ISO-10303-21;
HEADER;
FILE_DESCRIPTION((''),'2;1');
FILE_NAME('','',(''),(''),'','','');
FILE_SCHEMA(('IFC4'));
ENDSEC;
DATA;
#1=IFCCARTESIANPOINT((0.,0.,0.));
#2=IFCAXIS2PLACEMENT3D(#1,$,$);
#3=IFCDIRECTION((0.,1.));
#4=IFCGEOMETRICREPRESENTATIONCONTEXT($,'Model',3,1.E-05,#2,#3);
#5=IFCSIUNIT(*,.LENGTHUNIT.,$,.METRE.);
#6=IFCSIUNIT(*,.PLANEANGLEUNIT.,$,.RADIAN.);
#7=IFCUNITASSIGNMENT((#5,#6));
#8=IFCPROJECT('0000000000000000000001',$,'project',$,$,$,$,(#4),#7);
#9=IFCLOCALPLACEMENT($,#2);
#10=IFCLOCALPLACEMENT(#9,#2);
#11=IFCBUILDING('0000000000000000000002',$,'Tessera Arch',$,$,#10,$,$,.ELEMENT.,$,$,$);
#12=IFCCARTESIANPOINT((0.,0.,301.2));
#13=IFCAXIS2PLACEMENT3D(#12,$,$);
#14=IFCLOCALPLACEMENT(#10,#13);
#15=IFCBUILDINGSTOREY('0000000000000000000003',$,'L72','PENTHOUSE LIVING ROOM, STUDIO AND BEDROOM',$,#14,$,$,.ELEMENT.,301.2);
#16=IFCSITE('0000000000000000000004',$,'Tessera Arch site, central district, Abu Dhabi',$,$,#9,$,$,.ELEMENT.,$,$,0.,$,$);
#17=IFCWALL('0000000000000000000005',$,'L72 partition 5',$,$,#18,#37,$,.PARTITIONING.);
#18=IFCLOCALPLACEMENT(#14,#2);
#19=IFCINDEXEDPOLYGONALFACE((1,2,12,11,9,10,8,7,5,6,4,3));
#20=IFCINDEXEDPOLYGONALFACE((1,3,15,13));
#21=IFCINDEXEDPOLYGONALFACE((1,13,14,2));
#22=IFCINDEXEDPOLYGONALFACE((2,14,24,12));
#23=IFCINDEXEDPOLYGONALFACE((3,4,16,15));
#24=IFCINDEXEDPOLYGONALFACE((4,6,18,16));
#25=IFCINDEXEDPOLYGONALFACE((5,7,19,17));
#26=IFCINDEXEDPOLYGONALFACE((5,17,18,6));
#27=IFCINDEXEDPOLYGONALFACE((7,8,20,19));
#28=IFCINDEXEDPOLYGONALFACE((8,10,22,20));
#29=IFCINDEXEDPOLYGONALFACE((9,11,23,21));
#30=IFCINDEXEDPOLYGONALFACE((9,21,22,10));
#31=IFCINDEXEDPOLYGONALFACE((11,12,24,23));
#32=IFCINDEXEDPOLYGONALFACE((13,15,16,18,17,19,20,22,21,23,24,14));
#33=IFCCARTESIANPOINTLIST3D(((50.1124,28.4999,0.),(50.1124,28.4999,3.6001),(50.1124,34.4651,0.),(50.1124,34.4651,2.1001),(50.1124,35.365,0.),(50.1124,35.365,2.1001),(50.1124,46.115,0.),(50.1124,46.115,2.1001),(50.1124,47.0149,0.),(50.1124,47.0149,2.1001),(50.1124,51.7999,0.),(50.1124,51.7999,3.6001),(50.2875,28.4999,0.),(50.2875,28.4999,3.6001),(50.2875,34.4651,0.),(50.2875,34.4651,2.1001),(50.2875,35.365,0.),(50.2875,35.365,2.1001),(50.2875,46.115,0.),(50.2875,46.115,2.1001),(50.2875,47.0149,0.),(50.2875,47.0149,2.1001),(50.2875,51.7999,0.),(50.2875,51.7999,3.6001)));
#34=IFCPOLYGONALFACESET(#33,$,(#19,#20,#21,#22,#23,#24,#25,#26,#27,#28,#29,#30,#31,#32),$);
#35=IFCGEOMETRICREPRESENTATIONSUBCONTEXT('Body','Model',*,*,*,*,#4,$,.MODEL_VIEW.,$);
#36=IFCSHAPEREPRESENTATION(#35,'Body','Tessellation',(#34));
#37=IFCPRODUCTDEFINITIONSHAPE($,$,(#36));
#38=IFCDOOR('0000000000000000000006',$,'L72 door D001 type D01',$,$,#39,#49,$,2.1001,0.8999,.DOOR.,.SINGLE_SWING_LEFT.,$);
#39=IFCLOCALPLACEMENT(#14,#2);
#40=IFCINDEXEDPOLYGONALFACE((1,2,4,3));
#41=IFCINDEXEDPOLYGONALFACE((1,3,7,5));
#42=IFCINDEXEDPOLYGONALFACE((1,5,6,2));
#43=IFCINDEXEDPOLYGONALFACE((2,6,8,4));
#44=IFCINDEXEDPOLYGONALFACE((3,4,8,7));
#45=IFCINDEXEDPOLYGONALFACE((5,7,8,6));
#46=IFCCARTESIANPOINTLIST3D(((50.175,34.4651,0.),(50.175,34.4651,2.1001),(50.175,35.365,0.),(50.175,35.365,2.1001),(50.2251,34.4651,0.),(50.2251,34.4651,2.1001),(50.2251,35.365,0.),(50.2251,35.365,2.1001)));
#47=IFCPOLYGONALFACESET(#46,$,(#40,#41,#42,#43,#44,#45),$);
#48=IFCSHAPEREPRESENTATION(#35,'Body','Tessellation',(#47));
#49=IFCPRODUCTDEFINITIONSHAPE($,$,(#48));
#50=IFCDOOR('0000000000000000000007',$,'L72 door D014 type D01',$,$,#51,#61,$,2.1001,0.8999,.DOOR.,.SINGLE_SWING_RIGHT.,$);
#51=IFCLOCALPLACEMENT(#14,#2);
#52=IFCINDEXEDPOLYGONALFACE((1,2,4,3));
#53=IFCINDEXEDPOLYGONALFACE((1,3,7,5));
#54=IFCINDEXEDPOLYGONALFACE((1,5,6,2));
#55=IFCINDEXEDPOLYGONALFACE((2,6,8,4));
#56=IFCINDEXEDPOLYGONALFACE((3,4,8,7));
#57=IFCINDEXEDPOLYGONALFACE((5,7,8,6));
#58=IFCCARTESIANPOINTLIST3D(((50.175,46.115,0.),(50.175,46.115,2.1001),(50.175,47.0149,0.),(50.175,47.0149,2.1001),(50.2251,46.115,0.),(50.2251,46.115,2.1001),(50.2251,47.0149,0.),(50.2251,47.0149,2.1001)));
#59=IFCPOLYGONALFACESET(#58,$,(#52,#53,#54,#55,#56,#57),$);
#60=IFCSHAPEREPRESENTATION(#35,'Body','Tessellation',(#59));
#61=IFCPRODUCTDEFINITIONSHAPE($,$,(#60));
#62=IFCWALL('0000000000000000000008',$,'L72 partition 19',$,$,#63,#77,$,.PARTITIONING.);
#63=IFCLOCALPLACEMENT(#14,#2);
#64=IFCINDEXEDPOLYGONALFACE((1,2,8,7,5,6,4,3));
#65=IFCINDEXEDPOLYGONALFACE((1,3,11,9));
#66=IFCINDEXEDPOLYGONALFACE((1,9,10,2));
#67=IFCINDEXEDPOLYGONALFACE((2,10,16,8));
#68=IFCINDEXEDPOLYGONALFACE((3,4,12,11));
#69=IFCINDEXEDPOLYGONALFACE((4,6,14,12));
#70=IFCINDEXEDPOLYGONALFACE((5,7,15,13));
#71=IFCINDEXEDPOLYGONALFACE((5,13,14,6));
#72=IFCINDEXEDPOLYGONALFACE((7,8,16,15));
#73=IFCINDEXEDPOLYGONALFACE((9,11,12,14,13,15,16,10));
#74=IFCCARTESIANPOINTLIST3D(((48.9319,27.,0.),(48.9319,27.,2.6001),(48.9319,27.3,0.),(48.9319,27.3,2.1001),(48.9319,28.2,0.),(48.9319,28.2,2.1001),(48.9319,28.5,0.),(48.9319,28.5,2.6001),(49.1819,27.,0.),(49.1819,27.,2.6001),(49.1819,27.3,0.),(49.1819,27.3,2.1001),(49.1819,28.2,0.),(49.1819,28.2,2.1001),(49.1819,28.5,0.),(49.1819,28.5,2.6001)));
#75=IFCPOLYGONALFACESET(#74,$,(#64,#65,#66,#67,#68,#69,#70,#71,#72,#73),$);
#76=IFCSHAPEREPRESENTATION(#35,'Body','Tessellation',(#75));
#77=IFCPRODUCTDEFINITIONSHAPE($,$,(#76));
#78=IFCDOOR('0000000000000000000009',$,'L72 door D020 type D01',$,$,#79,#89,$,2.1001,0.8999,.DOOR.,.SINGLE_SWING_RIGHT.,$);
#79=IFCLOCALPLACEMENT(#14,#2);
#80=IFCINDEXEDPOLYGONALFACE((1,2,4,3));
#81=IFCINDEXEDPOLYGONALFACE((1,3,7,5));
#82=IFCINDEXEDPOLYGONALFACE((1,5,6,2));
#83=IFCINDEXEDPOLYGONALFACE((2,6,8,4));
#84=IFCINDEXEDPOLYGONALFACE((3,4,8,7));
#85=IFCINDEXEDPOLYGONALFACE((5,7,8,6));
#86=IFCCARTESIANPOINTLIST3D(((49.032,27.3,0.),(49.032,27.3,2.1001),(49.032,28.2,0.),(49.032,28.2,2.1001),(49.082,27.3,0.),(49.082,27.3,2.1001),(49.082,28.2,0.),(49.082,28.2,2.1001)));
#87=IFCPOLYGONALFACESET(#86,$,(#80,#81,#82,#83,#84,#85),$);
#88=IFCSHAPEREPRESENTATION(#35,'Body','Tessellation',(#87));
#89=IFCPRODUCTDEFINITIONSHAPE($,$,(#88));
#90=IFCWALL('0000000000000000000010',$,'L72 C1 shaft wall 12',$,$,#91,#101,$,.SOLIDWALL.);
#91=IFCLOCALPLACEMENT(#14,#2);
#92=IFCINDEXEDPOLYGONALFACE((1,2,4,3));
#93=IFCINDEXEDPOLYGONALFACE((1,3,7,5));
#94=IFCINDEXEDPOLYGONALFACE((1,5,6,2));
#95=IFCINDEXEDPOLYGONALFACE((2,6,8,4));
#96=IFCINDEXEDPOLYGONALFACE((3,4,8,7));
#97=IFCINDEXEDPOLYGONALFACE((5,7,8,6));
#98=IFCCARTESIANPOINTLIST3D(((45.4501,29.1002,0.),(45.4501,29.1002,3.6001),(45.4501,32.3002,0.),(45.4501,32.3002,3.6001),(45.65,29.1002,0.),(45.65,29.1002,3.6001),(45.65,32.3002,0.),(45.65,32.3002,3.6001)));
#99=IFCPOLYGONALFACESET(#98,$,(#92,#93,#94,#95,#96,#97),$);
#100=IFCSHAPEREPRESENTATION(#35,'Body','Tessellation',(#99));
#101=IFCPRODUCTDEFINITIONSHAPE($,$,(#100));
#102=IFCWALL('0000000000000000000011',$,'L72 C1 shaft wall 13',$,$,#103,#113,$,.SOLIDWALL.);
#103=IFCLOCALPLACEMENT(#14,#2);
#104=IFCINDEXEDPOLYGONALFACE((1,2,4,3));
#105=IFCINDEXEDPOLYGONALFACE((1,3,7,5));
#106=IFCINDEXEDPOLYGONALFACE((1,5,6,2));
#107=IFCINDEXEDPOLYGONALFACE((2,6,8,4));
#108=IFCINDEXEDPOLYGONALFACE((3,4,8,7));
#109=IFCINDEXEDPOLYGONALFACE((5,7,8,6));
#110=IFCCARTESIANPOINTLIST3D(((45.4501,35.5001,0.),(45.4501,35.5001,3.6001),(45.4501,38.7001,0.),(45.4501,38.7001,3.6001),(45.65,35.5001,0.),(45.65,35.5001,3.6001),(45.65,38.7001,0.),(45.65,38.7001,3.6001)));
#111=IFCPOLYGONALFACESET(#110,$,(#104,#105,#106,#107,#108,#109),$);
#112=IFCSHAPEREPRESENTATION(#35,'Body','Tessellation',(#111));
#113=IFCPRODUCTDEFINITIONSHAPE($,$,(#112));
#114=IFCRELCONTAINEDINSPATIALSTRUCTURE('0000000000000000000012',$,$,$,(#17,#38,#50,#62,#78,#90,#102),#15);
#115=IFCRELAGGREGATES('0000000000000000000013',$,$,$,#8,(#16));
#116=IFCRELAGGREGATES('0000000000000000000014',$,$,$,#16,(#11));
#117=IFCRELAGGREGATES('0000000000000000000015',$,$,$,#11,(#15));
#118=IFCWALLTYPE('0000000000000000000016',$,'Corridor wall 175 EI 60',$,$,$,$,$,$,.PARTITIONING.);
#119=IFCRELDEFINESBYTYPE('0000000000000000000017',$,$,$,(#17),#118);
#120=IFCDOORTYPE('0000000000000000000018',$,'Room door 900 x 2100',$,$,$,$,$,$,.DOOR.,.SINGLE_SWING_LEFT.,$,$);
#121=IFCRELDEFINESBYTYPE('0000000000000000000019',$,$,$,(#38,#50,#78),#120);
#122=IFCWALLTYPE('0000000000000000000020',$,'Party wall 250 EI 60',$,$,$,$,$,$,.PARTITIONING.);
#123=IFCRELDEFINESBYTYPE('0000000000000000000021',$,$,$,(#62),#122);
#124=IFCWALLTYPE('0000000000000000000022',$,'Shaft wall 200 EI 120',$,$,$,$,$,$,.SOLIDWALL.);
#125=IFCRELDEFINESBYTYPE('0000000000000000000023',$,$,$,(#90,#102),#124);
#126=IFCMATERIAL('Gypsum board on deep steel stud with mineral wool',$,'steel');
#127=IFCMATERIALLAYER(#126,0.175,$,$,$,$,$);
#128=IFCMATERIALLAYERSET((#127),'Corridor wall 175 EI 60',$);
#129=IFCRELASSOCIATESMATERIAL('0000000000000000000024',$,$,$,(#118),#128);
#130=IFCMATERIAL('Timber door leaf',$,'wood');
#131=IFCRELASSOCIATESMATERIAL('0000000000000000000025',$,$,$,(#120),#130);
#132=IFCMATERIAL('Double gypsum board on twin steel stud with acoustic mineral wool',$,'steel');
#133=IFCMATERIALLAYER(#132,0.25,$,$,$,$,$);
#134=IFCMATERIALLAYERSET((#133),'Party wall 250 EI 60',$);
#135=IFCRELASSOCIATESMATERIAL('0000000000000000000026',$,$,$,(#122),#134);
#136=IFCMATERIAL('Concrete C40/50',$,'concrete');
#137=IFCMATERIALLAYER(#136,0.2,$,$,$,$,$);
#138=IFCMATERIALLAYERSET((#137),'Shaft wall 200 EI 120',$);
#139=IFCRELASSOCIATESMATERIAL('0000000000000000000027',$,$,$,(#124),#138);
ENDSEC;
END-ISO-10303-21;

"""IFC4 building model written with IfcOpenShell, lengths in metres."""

from ifc_helpers import new_model, si_unit, direction, frame, frame_2d, origin, place, context, subcontext, project, spatial, rectangle, extrude, material, layer, layer_set, type_object, element, fill, save


model = new_model("IFC4")

# Units and contexts
model_context = context("Model", 3, precision=1e-05, world=origin(), true_north=direction((0.0, 1.0)))
body_context = subcontext(model_context, "Body", "Model", "MODEL_VIEW")
ifc_project = project(units=[si_unit("LENGTHUNIT", "METRE"), si_unit("PLANEANGLEUNIT", "RADIAN")], contexts=[model_context])

# Site, building, storey
site_placement = place(None, origin())
site = spatial("IfcSite", under=ifc_project, at=site_placement, Name="Tessera Arch site, central district, Abu Dhabi", CompositionType="ELEMENT", RefElevation=0.0)
building_placement = place(site_placement, origin())
building = spatial("IfcBuilding", under=site, at=building_placement, Name="Tessera Arch", CompositionType="ELEMENT")
storey_placement = place(building_placement, frame((0.0, 0.0, 301.2)))
storey = spatial("IfcBuildingStorey", under=building, at=storey_placement, Name="L72", Description="PENTHOUSE LIVING ROOM, STUDIO AND BEDROOM", CompositionType="ELEMENT", Elevation=301.2)

# Shared definitions
ifc_material_1 = material(Name="Gypsum board on deep steel stud with mineral wool", Category="steel")
ifc_layer_1 = layer(ifc_material_1, 0.175)
ifc_layer_set_1 = layer_set([ifc_layer_1], Name="Corridor wall 175 EI 60")
wall_type_1 = type_object("IfcWallType", Name="Corridor wall 175 EI 60", PredefinedType="PARTITIONING", material=ifc_layer_set_1)

# Wall, openings, doors
wall_1_placement = place(storey_placement, frame((50.2, 28.5, 0.0), z_axis=(0.0, 0.0, 1.0), x_axis=(0.0, 1.0, 0.0)))
wall_1 = element("IfcWall", 1, at=wall_1_placement, inside=storey, type_object=wall_type_1, Name="L72 partition 5", PredefinedType="PARTITIONING", context=body_context, shape_type="SweptSolid", body=[
    extrude(rectangle(XDim=23.3, YDim=0.175, at=frame_2d((11.6499, 0.0))), origin(), (0.0, 0.0, 1.0), 3.6001),
])
opening_1_placement = place(wall_1_placement, frame((5.9651, 0.0, 0.0)))
opening_1 = element("IfcOpeningElement", 2, at=opening_1_placement, cuts=wall_1, PredefinedType="OPENING", context=body_context, shape_type="SweptSolid", body=[
    extrude(rectangle(XDim=0.8999, YDim=2.1001, at=frame_2d((0.45, 1.05))), frame((0.0, 0.0974, 0.0), z_axis=(0.0, -1.0, 0.0), x_axis=(1.0, 0.0, 0.0)), (0.0, 0.0, 1.0), 0.1951),
])
opening_2_placement = place(wall_1_placement, frame((17.615, 0.0, 0.0)))
opening_2 = element("IfcOpeningElement", 3, at=opening_2_placement, cuts=wall_1, PredefinedType="OPENING", context=body_context, shape_type="SweptSolid", body=[
    extrude(rectangle(XDim=0.8999, YDim=2.1001, at=frame_2d((0.45, 1.05))), frame((0.0, 0.0974, 0.0), z_axis=(0.0, -1.0, 0.0), x_axis=(1.0, 0.0, 0.0)), (0.0, 0.0, 1.0), 0.1951),
])
ifc_material_2 = material(Name="Timber door leaf", Category="wood")
door_type_1 = type_object("IfcDoorType", Name="Room door 900 x 2100", OperationType="SINGLE_SWING_LEFT", PredefinedType="DOOR", material=ifc_material_2)
door_1_placement = place(opening_1_placement, origin())
door_1 = element("IfcDoor", 4, at=door_1_placement, inside=storey, type_object=door_type_1, Name="L72 door D001 type D01", OperationType="SINGLE_SWING_LEFT", OverallHeight=2.1001, OverallWidth=0.8999, PredefinedType="DOOR", context=body_context, shape_type="SweptSolid", body=[
    extrude(rectangle(XDim=0.8999, YDim=2.1001, at=frame_2d((0.45, 1.05))), frame((0.0, 0.0249, 0.0), z_axis=(0.0, -1.0, 0.0), x_axis=(1.0, 0.0, 0.0)), (0.0, 0.0, 1.0), 0.05),
])
fill(opening_1, door_1)
door_2_placement = place(opening_2_placement, origin())
door_2 = element("IfcDoor", 5, at=door_2_placement, inside=storey, type_object=door_type_1, Name="L72 door D014 type D01", OperationType="SINGLE_SWING_RIGHT", OverallHeight=2.1001, OverallWidth=0.8999, PredefinedType="DOOR", context=body_context, shape_type="SweptSolid", body=[
    extrude(rectangle(XDim=0.8999, YDim=2.1001, at=frame_2d((0.45, 1.05))), frame((0.0, 0.0249, 0.0), z_axis=(0.0, -1.0, 0.0), x_axis=(1.0, 0.0, 0.0)), (0.0, 0.0, 1.0), 0.05),
])
fill(opening_2, door_2)

# Wall, opening, door
ifc_material_3 = material(Name="Double gypsum board on twin steel stud with acoustic mineral wool", Category="steel")
ifc_layer_2 = layer(ifc_material_3, 0.25)
ifc_layer_set_2 = layer_set([ifc_layer_2], Name="Party wall 250 EI 60")
wall_type_2 = type_object("IfcWallType", Name="Party wall 250 EI 60", PredefinedType="PARTITIONING", material=ifc_layer_set_2)
wall_2_placement = place(storey_placement, frame((49.0569, 27.0, 0.0), z_axis=(0.0, 0.0, 1.0), x_axis=(0.0, 1.0, 0.0)))
wall_2 = element("IfcWall", 6, at=wall_2_placement, inside=storey, type_object=wall_type_2, Name="L72 partition 19", PredefinedType="PARTITIONING", context=body_context, shape_type="SweptSolid", body=[
    extrude(rectangle(XDim=1.5, YDim=0.25, at=frame_2d((0.75, 0.0))), origin(), (0.0, 0.0, 1.0), 2.6001),
])
opening_3_placement = place(wall_2_placement, frame((0.3, 0.0, 0.0)))
opening_3 = element("IfcOpeningElement", 7, at=opening_3_placement, cuts=wall_2, PredefinedType="OPENING", context=body_context, shape_type="SweptSolid", body=[
    extrude(rectangle(XDim=0.8999, YDim=2.1001, at=frame_2d((0.45, 1.05))), frame((0.0, 0.135, 0.0), z_axis=(0.0, -1.0, 0.0), x_axis=(1.0, 0.0, 0.0)), (0.0, 0.0, 1.0), 0.27),
])
door_3_placement = place(opening_3_placement, origin())
door_3 = element("IfcDoor", 8, at=door_3_placement, inside=storey, type_object=door_type_1, Name="L72 door D020 type D01", OperationType="SINGLE_SWING_RIGHT", OverallHeight=2.1001, OverallWidth=0.8999, PredefinedType="DOOR", context=body_context, shape_type="SweptSolid", body=[
    extrude(rectangle(XDim=0.8999, YDim=2.1001, at=frame_2d((0.45, 1.05))), frame((0.0, 0.0249, 0.0), z_axis=(0.0, -1.0, 0.0), x_axis=(1.0, 0.0, 0.0)), (0.0, 0.0, 1.0), 0.05),
])
fill(opening_3, door_3)

# Walls
ifc_material_4 = material(Name="Concrete C40/50", Category="concrete")
ifc_layer_3 = layer(ifc_material_4, 0.2)
ifc_layer_set_3 = layer_set([ifc_layer_3], Name="Shaft wall 200 EI 120")
wall_type_3 = type_object("IfcWallType", Name="Shaft wall 200 EI 120", PredefinedType="SOLIDWALL", material=ifc_layer_set_3)
for number, where, z_axis, x_axis, name in (
    (9, (45.55, 29.1001, 0.0), (0.0, 0.0, 1.0), (0.0, 1.0, 0.0), "L72 C1 shaft wall 12"),
    (10, (45.55, 35.5, 0.0), (0.0, 0.0, 1.0), (0.0, 1.0, 0.0), "L72 C1 shaft wall 13"),
):
    element("IfcWall", number, at=place(storey_placement, frame(where, z_axis=z_axis, x_axis=x_axis)), inside=storey, type_object=wall_type_3, Name=name, PredefinedType="SOLIDWALL", context=body_context, shape_type="SweptSolid", body=[
        extrude(rectangle(XDim=3.2, YDim=0.2, at=frame_2d((1.6001, 0.0))), origin(), (0.0, 0.0, 1.0), 3.6001),
    ])

save(model, "model.ifc")
